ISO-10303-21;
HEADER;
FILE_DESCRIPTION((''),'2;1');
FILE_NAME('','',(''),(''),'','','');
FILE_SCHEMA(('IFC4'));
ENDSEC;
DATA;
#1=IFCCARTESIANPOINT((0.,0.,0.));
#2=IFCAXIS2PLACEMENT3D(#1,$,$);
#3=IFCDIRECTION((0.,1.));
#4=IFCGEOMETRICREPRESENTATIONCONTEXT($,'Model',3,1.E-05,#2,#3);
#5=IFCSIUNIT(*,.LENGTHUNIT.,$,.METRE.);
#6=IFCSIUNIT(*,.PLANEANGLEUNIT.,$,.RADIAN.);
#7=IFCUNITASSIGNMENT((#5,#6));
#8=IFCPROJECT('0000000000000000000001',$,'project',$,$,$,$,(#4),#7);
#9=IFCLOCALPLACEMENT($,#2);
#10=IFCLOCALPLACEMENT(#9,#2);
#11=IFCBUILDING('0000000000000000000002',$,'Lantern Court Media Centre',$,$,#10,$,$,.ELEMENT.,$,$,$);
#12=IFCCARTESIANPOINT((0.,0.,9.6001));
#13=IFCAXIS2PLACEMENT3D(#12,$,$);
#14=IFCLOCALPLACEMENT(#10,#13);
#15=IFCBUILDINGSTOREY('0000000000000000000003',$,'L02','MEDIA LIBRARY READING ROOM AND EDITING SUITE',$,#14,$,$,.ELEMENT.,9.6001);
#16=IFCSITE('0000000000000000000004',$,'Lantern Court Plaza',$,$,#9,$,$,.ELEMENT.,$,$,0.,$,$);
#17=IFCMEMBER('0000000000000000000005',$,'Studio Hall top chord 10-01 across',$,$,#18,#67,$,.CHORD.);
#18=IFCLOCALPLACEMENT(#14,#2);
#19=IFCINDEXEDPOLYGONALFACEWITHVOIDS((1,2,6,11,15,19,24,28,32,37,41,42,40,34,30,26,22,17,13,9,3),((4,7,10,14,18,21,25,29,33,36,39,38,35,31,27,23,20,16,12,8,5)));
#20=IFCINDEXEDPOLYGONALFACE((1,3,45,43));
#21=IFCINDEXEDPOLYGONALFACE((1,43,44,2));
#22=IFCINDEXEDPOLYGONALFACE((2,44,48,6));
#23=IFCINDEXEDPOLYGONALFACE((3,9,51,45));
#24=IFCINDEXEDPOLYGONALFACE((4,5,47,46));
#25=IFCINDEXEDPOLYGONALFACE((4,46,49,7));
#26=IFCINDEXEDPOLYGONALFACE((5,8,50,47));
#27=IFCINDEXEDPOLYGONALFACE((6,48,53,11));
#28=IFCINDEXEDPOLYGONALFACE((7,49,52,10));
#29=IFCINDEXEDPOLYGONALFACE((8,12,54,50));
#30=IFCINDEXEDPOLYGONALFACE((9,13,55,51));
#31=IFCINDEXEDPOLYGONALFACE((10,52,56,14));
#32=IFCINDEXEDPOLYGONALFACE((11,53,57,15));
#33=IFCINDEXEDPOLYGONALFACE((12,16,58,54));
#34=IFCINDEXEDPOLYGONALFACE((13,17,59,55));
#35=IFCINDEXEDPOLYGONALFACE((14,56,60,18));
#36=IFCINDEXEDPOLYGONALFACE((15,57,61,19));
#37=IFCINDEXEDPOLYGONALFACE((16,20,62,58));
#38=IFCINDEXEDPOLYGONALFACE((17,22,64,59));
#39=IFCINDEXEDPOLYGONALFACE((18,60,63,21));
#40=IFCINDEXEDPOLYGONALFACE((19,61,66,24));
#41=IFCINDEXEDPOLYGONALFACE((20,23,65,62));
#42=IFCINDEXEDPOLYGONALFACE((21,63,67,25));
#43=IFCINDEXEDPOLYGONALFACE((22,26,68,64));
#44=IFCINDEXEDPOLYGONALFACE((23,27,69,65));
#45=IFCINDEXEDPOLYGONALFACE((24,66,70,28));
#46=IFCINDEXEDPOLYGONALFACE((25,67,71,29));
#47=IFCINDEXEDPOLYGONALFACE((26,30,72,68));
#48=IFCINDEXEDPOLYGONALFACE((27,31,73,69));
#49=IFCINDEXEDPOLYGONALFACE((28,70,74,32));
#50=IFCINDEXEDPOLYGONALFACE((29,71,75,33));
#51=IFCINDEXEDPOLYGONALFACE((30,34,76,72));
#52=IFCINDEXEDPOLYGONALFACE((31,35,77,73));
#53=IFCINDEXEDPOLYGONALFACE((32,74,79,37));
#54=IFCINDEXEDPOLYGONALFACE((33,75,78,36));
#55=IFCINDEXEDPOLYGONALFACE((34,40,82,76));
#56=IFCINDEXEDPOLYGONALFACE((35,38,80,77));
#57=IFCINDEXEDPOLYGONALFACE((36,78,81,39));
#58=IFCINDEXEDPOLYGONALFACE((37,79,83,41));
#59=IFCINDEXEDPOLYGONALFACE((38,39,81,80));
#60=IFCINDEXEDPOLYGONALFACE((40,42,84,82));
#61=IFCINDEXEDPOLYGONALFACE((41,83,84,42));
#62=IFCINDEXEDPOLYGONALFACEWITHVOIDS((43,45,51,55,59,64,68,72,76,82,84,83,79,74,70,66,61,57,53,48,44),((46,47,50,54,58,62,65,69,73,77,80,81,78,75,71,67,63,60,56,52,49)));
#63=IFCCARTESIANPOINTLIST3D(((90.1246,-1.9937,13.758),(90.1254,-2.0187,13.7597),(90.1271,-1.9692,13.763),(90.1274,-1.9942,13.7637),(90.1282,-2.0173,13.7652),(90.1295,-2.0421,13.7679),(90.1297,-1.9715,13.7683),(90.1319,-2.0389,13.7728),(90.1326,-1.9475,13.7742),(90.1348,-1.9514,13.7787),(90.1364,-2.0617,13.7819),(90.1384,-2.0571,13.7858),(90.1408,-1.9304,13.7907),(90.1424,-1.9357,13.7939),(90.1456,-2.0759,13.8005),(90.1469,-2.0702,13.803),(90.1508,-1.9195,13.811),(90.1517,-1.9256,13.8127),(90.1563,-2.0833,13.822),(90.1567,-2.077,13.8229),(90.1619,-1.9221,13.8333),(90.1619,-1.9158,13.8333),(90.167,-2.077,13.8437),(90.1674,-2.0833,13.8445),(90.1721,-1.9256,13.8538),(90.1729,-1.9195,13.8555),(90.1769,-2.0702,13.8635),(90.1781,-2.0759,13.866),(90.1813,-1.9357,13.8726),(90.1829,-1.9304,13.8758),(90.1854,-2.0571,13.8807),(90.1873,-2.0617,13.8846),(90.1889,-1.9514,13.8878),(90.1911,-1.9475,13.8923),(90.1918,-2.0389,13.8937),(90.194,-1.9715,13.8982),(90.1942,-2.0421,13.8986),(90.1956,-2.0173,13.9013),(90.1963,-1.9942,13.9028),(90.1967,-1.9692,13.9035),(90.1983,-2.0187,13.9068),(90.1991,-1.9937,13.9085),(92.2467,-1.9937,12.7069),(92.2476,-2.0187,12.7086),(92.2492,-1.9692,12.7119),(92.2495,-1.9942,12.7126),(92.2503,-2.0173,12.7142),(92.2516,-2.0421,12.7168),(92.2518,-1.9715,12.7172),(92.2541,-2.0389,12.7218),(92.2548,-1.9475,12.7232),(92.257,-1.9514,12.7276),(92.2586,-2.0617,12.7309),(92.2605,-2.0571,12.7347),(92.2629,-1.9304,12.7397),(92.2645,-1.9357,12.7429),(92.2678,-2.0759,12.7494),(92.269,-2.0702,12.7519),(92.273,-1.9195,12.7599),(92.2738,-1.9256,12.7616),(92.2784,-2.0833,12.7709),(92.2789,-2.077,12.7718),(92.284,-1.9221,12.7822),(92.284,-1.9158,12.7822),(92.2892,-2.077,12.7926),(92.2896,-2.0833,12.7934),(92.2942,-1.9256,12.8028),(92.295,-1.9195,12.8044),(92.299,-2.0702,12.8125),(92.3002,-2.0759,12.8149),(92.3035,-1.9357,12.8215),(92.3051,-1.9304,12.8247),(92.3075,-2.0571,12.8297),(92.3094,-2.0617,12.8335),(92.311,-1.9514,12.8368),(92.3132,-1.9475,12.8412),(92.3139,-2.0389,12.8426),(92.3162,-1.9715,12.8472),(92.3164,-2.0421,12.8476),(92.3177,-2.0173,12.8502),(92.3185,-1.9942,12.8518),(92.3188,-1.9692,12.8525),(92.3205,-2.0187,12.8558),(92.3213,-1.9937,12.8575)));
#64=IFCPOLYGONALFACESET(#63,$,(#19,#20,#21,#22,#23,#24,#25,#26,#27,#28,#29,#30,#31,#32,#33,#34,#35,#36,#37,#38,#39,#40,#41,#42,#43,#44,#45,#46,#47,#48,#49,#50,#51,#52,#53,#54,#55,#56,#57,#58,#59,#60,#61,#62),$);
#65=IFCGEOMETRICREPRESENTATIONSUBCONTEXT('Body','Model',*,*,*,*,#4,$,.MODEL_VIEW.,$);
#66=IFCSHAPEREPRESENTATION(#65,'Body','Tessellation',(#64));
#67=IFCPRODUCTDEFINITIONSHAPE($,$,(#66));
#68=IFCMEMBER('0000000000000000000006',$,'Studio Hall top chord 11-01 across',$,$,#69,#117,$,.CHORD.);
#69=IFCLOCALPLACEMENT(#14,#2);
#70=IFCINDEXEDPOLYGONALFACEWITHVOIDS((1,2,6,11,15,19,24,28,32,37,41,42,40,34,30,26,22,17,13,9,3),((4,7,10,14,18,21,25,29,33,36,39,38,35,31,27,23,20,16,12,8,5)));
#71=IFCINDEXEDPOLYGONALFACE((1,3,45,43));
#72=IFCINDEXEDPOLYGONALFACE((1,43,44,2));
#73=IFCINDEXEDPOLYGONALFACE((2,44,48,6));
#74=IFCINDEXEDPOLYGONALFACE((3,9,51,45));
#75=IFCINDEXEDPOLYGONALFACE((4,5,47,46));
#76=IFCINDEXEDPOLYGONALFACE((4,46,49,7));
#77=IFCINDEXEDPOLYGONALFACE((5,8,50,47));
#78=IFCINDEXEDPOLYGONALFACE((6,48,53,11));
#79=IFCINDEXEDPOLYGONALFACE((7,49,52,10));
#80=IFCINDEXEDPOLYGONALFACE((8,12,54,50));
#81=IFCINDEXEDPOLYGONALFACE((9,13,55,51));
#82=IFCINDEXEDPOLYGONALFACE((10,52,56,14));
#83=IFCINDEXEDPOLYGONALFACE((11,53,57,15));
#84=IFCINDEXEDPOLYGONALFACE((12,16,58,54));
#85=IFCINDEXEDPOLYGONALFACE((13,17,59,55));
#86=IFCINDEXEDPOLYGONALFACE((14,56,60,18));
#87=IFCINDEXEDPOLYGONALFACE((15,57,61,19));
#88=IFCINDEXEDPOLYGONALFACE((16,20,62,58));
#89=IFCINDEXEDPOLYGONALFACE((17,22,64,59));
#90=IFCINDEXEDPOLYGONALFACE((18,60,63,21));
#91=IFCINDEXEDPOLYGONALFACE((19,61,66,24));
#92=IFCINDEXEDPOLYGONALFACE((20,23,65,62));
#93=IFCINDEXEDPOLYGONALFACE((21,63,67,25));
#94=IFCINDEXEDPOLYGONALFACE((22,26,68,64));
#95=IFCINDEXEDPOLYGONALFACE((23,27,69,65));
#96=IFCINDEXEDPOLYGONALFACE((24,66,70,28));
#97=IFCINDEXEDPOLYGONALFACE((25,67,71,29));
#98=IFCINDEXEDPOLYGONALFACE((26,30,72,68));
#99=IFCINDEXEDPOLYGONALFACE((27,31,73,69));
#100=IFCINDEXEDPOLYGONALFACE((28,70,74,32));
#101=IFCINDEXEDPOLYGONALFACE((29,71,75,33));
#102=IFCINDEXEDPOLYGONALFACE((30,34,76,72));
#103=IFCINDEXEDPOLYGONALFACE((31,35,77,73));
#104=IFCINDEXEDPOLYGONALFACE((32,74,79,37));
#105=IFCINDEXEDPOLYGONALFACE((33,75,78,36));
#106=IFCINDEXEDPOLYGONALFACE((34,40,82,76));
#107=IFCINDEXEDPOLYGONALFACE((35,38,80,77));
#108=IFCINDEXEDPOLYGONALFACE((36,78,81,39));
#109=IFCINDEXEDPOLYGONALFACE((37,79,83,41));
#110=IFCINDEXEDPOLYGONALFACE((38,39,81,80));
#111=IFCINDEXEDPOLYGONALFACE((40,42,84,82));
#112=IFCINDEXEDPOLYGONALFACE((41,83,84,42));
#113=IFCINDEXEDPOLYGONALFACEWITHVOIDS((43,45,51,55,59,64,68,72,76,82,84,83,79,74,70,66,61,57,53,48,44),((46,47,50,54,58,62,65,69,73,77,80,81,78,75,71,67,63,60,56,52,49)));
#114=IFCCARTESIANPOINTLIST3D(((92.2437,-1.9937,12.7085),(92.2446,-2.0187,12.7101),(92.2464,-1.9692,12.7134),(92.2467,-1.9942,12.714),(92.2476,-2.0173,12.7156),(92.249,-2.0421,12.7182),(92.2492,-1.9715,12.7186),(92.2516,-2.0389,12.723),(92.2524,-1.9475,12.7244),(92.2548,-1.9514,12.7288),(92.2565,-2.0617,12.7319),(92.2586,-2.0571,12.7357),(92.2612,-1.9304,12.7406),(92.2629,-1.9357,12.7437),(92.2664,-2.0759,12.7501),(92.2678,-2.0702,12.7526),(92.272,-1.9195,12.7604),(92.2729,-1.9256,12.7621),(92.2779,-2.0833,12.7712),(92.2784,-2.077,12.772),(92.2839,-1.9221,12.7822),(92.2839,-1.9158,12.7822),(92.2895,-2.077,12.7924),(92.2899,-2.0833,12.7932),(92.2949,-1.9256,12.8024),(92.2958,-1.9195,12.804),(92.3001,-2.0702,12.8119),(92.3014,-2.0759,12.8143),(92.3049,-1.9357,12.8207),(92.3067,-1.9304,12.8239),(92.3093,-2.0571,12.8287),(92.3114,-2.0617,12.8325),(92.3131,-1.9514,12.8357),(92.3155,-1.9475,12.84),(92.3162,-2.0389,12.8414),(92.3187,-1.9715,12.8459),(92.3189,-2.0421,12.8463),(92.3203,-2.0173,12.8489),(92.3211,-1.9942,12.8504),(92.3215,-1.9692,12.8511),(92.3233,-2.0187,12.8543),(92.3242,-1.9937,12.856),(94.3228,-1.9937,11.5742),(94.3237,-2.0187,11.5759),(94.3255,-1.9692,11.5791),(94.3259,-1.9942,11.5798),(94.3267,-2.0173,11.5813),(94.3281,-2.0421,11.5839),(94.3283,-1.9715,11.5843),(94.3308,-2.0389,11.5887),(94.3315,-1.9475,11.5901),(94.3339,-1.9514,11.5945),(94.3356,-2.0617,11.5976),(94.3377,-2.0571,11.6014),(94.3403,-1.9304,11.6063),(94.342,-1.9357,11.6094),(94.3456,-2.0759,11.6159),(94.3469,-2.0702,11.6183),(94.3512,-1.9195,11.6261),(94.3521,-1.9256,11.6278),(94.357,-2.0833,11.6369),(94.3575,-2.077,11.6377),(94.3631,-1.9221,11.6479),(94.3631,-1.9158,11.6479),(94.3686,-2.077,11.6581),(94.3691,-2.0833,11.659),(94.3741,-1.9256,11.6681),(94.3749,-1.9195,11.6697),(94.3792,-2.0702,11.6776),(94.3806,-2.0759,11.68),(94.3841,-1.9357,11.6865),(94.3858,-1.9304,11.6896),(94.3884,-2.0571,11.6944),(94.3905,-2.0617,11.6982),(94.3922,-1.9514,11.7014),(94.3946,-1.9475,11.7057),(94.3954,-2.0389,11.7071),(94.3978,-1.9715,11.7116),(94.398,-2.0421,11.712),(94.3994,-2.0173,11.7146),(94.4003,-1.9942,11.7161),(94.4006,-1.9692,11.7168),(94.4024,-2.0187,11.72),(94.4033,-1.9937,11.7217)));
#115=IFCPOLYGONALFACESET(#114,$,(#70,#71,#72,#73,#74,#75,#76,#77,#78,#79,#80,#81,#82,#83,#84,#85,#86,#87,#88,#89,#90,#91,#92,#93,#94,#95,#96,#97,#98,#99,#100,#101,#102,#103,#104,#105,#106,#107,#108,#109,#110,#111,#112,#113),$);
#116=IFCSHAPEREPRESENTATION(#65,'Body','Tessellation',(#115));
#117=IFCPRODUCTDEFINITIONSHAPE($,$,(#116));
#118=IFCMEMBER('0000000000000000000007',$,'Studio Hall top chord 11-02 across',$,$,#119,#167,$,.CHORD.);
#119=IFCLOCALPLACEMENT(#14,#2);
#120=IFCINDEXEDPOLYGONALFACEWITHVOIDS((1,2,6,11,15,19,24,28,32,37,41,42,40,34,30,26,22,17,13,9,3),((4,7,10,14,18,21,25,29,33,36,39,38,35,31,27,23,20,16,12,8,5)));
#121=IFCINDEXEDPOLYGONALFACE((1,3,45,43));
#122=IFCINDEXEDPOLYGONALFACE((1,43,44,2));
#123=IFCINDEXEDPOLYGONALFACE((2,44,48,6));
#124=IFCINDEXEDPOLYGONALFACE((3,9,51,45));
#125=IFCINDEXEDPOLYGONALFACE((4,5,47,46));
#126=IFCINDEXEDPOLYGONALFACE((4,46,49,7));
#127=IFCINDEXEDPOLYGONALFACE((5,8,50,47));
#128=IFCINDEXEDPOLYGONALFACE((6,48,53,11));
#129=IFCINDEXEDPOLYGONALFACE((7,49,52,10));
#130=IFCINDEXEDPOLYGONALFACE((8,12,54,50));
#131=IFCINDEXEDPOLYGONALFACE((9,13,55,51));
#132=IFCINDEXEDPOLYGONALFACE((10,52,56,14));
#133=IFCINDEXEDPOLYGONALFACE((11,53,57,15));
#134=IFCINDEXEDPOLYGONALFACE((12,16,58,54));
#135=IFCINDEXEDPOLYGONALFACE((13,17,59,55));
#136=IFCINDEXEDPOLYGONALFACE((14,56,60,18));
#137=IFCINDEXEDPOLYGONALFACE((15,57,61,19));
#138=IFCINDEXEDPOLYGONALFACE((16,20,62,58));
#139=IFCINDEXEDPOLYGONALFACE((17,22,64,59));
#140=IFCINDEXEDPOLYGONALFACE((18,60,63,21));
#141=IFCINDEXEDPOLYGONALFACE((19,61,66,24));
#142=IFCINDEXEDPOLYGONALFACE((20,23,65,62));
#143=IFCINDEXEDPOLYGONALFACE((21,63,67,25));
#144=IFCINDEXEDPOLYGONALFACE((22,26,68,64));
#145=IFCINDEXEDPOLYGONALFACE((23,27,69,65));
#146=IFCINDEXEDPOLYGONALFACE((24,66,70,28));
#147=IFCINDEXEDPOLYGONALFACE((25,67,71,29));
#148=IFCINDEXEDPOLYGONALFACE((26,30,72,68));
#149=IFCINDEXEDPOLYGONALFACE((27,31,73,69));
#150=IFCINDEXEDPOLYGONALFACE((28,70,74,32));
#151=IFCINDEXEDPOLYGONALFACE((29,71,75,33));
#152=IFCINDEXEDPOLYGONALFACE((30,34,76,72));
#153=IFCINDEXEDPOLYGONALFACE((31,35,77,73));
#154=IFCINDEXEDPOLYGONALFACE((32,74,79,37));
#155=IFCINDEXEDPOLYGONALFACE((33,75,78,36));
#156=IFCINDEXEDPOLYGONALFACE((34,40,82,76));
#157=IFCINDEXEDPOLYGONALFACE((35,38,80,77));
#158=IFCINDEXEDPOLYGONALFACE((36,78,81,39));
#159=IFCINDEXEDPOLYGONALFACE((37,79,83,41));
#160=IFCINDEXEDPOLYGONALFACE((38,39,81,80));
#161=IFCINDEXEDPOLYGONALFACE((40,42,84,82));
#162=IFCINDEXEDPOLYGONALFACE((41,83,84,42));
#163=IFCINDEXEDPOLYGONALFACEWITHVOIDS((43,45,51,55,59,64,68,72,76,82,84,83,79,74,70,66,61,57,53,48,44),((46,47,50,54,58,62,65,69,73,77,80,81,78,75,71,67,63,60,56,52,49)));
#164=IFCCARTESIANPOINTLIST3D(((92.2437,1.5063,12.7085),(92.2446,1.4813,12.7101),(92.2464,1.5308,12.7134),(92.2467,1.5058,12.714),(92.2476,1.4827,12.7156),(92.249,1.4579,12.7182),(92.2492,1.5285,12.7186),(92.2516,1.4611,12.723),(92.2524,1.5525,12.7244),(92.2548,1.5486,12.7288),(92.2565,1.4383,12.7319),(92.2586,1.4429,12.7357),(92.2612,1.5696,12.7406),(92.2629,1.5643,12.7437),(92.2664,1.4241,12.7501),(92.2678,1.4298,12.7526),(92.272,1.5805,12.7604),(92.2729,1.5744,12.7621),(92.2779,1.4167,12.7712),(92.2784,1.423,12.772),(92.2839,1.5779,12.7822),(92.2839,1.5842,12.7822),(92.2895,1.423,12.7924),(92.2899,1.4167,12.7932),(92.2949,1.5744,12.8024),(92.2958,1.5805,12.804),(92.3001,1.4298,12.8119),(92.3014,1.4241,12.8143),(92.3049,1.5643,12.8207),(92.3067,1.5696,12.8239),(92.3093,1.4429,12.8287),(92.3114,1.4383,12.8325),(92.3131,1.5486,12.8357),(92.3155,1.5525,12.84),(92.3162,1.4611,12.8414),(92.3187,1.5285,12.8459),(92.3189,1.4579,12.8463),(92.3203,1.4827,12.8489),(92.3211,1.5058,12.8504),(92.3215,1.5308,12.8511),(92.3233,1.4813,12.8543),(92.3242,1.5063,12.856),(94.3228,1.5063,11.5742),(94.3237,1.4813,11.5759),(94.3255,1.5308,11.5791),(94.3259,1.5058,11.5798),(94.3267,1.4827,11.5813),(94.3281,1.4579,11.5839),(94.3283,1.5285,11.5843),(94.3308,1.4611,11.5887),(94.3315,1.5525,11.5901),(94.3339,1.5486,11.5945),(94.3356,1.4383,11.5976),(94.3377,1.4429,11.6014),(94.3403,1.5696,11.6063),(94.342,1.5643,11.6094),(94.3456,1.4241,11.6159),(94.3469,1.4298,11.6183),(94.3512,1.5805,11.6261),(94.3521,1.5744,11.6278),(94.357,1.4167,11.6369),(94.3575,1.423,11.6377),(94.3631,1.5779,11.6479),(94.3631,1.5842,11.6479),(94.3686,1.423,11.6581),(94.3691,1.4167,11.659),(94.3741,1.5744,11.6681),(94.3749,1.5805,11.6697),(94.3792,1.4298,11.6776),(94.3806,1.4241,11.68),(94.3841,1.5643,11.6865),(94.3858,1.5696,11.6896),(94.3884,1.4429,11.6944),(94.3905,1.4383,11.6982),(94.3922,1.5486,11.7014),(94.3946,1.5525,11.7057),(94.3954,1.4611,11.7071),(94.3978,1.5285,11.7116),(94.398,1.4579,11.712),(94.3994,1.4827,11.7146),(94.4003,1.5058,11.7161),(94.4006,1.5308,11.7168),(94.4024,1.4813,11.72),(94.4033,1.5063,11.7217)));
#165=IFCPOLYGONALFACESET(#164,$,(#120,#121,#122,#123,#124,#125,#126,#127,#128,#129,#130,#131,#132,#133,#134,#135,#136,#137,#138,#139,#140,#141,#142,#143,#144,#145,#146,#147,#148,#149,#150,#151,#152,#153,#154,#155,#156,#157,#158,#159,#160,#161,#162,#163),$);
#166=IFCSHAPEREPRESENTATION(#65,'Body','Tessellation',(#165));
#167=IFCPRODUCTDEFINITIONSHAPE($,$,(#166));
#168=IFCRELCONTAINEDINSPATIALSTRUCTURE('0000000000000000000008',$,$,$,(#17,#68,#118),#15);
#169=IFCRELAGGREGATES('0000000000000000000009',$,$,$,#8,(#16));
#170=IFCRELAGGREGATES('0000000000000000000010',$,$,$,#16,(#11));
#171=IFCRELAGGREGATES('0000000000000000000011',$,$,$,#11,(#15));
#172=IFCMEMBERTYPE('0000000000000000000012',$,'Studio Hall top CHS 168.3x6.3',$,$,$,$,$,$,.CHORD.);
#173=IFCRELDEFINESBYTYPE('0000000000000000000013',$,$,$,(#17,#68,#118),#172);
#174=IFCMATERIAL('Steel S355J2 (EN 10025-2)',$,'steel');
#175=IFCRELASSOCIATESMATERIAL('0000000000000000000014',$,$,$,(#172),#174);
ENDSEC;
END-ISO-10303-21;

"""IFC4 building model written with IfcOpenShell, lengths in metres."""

from ifc_helpers import new_model, si_unit, direction, frame, origin, origin_2d, place, context, subcontext, project, spatial, hollow_circle, extrude, material, material_profile, profile_set, type_object, element, save


model = new_model("IFC4")

# Units and contexts
model_context = context("Model", 3, precision=1e-05, world=origin(), true_north=direction((0.0, 1.0)))
body_context = subcontext(model_context, "Body", "Model", "MODEL_VIEW")
ifc_project = project(units=[si_unit("LENGTHUNIT", "METRE"), si_unit("PLANEANGLEUNIT", "RADIAN")], contexts=[model_context])

# Site, building, storey
site_placement = place(None, origin())
site = spatial("IfcSite", under=ifc_project, at=site_placement, Name="Lantern Court Plaza", CompositionType="ELEMENT", RefElevation=0.0)
building_placement = place(site_placement, origin())
building = spatial("IfcBuilding", under=site, at=building_placement, Name="Lantern Court Media Centre", CompositionType="ELEMENT")
storey_placement = place(building_placement, frame((0.0, 0.0, 9.6001)))
storey = spatial("IfcBuildingStorey", under=building, at=storey_placement, Name="L02", Description="MEDIA LIBRARY READING ROOM AND EDITING SUITE", CompositionType="ELEMENT", Elevation=9.6001)

# Members
ifc_material = material(Name="Steel S355J2 (EN 10025-2)", Category="steel")
ifc_material_profile_1 = material_profile(ifc_material, hollow_circle(Radius=0.0842, WallThickness=0.0063, at=origin_2d()), Name="Studio Hall top CHS 168.3x6.3")
ifc_profile_set_1 = profile_set([ifc_material_profile_1], Name="Steel S355J2 (EN 10025-2)")
member_type_1 = type_object("IfcMemberType", Name="Studio Hall top CHS 168.3x6.3", PredefinedType="CHORD", material=ifc_profile_set_1)
member_1_placement = place(storey_placement, frame((90.1619, -2.0, 13.8333), z_axis=(0.896112, 0.0, -0.443829), x_axis=(0.0, 1.0, 0.0)))
element("IfcMember", 1, at=member_1_placement, inside=storey, type_object=member_type_1, Name="Studio Hall top chord 10-01 across", PredefinedType="CHORD", context=body_context, shape_type="SweptSolid", body=[
    extrude(hollow_circle(Radius=0.0842, WallThickness=0.0063, at=origin_2d()), origin(), (0.0, 0.0, 1.0), 2.3682),
])
for number, where, z_axis, x_axis, name in (
    (2, (92.2839, -2.0, 12.7822), (0.877856, 0.0, -0.478924), (0.0, 1.0, 0.0), "Studio Hall top chord 11-01 across"),
    (3, (92.2839, 1.5, 12.7822), (0.877856, 0.0, -0.478924), (0.0, 1.0, 0.0), "Studio Hall top chord 11-02 across"),
):
    element("IfcMember", number, at=place(storey_placement, frame(where, z_axis=z_axis, x_axis=x_axis)), inside=storey, type_object=member_type_1, Name=name, PredefinedType="CHORD", context=body_context, shape_type="SweptSolid", body=[
        extrude(hollow_circle(Radius=0.0842, WallThickness=0.0063, at=origin_2d()), origin(), (0.0, 0.0, 1.0), 2.3684),
    ])

save(model, "model.ifc")
